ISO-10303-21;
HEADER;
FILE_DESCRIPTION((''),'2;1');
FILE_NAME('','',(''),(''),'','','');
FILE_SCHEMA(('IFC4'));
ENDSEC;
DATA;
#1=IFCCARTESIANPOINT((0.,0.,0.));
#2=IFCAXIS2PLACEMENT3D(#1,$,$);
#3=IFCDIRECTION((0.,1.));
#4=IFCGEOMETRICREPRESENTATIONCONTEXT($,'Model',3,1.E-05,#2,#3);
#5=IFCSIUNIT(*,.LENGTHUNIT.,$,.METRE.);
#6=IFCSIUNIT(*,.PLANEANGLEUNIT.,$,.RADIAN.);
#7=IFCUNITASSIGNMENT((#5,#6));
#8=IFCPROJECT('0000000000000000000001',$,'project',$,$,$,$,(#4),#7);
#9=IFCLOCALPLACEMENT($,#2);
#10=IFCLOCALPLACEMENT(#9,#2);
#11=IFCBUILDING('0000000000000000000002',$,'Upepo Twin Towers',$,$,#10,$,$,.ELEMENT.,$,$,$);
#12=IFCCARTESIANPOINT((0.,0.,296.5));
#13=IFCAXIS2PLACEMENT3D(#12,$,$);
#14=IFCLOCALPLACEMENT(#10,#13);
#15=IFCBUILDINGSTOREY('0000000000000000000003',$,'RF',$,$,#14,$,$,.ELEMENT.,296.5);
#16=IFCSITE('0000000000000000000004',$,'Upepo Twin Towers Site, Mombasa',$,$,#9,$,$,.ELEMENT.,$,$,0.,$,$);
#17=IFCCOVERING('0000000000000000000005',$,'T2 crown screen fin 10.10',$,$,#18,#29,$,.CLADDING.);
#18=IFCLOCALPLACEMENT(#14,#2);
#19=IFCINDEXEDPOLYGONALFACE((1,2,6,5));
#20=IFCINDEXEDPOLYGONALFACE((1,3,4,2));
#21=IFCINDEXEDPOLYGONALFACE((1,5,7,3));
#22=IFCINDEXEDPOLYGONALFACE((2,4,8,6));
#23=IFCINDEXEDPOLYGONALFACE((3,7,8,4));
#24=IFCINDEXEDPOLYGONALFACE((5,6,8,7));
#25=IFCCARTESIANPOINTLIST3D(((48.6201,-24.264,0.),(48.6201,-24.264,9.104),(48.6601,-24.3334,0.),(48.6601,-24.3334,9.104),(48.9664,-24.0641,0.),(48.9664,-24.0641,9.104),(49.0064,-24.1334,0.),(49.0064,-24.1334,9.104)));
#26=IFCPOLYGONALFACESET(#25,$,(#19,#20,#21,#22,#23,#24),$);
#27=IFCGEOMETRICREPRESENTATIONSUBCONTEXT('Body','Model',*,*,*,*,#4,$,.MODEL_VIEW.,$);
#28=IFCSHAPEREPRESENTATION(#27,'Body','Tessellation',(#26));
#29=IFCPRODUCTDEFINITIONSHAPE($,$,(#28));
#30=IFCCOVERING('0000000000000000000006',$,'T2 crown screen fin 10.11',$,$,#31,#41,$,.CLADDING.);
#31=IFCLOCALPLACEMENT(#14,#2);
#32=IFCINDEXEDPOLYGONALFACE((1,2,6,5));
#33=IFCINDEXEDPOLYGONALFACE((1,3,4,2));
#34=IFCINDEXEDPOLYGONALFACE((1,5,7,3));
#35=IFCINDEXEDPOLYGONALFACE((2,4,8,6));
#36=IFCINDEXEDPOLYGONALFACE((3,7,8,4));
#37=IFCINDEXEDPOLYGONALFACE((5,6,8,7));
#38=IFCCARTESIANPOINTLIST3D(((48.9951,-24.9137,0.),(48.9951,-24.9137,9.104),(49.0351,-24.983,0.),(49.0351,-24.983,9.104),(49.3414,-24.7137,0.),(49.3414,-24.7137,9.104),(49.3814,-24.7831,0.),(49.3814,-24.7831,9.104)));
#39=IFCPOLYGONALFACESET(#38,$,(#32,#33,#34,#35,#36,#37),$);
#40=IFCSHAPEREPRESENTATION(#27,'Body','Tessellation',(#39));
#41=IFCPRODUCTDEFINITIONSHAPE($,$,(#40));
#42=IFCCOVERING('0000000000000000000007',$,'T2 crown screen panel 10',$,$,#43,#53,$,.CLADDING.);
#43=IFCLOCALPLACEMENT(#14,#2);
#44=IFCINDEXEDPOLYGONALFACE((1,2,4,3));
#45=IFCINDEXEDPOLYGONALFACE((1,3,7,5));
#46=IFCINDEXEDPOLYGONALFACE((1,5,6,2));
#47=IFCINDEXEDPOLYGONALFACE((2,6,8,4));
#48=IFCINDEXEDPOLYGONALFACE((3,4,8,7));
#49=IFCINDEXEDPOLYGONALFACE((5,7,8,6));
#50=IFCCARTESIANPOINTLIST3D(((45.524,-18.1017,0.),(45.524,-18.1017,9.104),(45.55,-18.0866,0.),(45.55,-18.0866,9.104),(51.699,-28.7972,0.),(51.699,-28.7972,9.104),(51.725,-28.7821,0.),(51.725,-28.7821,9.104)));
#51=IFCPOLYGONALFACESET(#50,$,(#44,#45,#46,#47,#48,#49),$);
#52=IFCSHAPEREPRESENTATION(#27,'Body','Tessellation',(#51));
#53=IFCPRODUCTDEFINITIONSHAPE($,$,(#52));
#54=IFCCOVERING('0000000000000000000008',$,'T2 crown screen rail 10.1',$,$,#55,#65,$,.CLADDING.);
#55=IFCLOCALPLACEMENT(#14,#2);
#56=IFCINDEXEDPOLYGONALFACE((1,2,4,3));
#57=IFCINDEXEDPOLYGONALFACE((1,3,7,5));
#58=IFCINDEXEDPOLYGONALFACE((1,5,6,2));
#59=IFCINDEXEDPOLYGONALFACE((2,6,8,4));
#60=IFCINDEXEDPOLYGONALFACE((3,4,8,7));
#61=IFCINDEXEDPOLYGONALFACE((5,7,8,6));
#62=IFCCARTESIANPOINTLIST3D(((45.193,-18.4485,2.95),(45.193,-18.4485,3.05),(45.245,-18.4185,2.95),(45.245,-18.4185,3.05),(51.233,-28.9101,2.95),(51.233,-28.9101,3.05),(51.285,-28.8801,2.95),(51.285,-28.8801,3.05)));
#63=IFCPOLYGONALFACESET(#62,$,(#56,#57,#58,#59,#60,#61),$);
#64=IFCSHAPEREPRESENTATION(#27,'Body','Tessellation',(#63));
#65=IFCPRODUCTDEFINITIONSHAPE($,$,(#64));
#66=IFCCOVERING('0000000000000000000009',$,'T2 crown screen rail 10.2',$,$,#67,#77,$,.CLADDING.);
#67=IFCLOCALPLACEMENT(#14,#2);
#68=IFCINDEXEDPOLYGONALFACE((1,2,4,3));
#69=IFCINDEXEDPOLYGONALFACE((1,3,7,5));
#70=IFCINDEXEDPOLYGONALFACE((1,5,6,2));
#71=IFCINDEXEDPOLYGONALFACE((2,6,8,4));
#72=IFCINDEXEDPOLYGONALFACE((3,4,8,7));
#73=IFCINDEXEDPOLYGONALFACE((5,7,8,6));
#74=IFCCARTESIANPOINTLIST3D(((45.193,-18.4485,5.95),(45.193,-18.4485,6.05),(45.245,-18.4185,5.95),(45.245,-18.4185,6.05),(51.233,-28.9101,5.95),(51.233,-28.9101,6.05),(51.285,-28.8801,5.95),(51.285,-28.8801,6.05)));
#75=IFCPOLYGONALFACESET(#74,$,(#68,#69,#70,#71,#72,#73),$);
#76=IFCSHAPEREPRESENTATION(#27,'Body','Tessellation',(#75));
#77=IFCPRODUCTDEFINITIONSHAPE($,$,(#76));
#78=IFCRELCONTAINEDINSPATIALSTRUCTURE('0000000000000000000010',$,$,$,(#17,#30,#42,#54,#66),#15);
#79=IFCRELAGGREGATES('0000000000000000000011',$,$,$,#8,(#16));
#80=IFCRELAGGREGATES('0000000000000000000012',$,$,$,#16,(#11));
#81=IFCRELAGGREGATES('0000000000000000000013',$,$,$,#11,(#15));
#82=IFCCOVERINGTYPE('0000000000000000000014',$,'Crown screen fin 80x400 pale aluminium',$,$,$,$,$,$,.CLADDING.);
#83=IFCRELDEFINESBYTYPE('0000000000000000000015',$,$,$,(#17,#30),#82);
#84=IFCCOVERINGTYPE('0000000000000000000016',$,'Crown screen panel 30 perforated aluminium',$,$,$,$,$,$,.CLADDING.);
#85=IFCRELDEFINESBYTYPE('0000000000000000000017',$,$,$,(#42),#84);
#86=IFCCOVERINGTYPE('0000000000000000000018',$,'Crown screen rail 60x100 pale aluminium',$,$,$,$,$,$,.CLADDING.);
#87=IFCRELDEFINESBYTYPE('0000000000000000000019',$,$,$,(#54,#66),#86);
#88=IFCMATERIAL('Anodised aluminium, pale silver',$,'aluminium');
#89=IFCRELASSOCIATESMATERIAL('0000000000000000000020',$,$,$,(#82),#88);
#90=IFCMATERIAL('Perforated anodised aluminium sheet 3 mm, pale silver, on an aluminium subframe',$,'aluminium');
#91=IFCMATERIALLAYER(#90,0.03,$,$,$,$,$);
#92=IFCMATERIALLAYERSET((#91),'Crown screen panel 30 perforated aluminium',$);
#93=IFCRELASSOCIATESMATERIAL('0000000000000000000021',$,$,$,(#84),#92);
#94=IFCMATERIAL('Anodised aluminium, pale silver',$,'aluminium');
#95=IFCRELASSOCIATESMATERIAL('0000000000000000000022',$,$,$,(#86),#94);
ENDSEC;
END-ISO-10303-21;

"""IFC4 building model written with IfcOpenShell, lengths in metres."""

from ifc_helpers import new_model, si_unit, direction, frame, origin, origin_2d, place, context, subcontext, project, spatial, rectangle, extrude, material, layer, layer_set, type_object, element, save


model = new_model("IFC4")

# Units and contexts
model_context = context("Model", 3, precision=1e-05, world=origin(), true_north=direction((0.0, 1.0)))
body_context = subcontext(model_context, "Body", "Model", "MODEL_VIEW")
ifc_project = project(units=[si_unit("LENGTHUNIT", "METRE"), si_unit("PLANEANGLEUNIT", "RADIAN")], contexts=[model_context])

# Site, building, storey
site_placement = place(None, origin())
site = spatial("IfcSite", under=ifc_project, at=site_placement, Name="Upepo Twin Towers Site, Mombasa", CompositionType="ELEMENT", RefElevation=0.0)
building_placement = place(site_placement, origin())
building = spatial("IfcBuilding", under=site, at=building_placement, Name="Upepo Twin Towers", CompositionType="ELEMENT")
storey_placement = place(building_placement, frame((0.0, 0.0, 296.5)))
storey = spatial("IfcBuildingStorey", under=building, at=storey_placement, Name="RF", CompositionType="ELEMENT", Elevation=296.5)

# Coverings
ifc_material_1 = material(Name="Anodised aluminium, pale silver", Category="aluminium")
covering_type_1 = type_object("IfcCoveringType", Name="Crown screen fin 80x400 pale aluminium", PredefinedType="CLADDING", material=ifc_material_1)
for number, where, z_axis, x_axis, name in (
    (1, (48.8132, -24.1987, 0.0), (0.0, 0.0, 1.0), (0.5, -0.866025, 0.0), "T2 crown screen fin 10.10"),
    (2, (49.1882, -24.8484, 0.0), (0.0, 0.0, 1.0), (0.5, -0.866025, 0.0), "T2 crown screen fin 10.11"),
):
    element("IfcCovering", number, at=place(storey_placement, frame(where, z_axis=z_axis, x_axis=x_axis)), inside=storey, type_object=covering_type_1, Name=name, PredefinedType="CLADDING", context=body_context, shape_type="SweptSolid", body=[
        extrude(rectangle(XDim=0.0801, YDim=0.3999, at=origin_2d()), origin(), (0.0, 0.0, 1.0), 9.104),
    ])
ifc_material_2 = material(Name="Perforated anodised aluminium sheet 3 mm, pale silver, on an aluminium subframe", Category="aluminium")
ifc_layer_1 = layer(ifc_material_2, 0.03)
ifc_layer_set_1 = layer_set([ifc_layer_1], Name="Crown screen panel 30 perforated aluminium")
covering_type_2 = type_object("IfcCoveringType", Name="Crown screen panel 30 perforated aluminium", PredefinedType="CLADDING", material=ifc_layer_set_1)
covering_placement = place(storey_placement, frame((48.6245, -23.4419, 0.0), z_axis=(0.0, 0.0, 1.0), x_axis=(0.5, -0.866025, 0.0)))
element("IfcCovering", 3, at=covering_placement, inside=storey, type_object=covering_type_2, Name="T2 crown screen panel 10", PredefinedType="CLADDING", context=body_context, shape_type="SweptSolid", body=[
    extrude(rectangle(XDim=12.3501, YDim=0.03, at=origin_2d()), origin(), (0.0, 0.0, 1.0), 9.104),
])
ifc_material_3 = material(Name="Anodised aluminium, pale silver", Category="aluminium")
covering_type_3 = type_object("IfcCoveringType", Name="Crown screen rail 60x100 pale aluminium", PredefinedType="CLADDING", material=ifc_material_3)
for number, where, z_axis, x_axis, name in (
    (4, (48.239, -23.6643, 2.95), (0.0, 0.0, 1.0), (0.5, -0.866025, 0.0), "T2 crown screen rail 10.1"),
    (5, (48.239, -23.6643, 5.95), (0.0, 0.0, 1.0), (0.5, -0.866025, 0.0), "T2 crown screen rail 10.2"),
):
    element("IfcCovering", number, at=place(storey_placement, frame(where, z_axis=z_axis, x_axis=x_axis)), inside=storey, type_object=covering_type_3, Name=name, PredefinedType="CLADDING", context=body_context, shape_type="SweptSolid", body=[
        extrude(rectangle(XDim=12.0801, YDim=0.0601, at=origin_2d()), origin(), (0.0, 0.0, 1.0), 0.1001),
    ])

save(model, "model.ifc")
